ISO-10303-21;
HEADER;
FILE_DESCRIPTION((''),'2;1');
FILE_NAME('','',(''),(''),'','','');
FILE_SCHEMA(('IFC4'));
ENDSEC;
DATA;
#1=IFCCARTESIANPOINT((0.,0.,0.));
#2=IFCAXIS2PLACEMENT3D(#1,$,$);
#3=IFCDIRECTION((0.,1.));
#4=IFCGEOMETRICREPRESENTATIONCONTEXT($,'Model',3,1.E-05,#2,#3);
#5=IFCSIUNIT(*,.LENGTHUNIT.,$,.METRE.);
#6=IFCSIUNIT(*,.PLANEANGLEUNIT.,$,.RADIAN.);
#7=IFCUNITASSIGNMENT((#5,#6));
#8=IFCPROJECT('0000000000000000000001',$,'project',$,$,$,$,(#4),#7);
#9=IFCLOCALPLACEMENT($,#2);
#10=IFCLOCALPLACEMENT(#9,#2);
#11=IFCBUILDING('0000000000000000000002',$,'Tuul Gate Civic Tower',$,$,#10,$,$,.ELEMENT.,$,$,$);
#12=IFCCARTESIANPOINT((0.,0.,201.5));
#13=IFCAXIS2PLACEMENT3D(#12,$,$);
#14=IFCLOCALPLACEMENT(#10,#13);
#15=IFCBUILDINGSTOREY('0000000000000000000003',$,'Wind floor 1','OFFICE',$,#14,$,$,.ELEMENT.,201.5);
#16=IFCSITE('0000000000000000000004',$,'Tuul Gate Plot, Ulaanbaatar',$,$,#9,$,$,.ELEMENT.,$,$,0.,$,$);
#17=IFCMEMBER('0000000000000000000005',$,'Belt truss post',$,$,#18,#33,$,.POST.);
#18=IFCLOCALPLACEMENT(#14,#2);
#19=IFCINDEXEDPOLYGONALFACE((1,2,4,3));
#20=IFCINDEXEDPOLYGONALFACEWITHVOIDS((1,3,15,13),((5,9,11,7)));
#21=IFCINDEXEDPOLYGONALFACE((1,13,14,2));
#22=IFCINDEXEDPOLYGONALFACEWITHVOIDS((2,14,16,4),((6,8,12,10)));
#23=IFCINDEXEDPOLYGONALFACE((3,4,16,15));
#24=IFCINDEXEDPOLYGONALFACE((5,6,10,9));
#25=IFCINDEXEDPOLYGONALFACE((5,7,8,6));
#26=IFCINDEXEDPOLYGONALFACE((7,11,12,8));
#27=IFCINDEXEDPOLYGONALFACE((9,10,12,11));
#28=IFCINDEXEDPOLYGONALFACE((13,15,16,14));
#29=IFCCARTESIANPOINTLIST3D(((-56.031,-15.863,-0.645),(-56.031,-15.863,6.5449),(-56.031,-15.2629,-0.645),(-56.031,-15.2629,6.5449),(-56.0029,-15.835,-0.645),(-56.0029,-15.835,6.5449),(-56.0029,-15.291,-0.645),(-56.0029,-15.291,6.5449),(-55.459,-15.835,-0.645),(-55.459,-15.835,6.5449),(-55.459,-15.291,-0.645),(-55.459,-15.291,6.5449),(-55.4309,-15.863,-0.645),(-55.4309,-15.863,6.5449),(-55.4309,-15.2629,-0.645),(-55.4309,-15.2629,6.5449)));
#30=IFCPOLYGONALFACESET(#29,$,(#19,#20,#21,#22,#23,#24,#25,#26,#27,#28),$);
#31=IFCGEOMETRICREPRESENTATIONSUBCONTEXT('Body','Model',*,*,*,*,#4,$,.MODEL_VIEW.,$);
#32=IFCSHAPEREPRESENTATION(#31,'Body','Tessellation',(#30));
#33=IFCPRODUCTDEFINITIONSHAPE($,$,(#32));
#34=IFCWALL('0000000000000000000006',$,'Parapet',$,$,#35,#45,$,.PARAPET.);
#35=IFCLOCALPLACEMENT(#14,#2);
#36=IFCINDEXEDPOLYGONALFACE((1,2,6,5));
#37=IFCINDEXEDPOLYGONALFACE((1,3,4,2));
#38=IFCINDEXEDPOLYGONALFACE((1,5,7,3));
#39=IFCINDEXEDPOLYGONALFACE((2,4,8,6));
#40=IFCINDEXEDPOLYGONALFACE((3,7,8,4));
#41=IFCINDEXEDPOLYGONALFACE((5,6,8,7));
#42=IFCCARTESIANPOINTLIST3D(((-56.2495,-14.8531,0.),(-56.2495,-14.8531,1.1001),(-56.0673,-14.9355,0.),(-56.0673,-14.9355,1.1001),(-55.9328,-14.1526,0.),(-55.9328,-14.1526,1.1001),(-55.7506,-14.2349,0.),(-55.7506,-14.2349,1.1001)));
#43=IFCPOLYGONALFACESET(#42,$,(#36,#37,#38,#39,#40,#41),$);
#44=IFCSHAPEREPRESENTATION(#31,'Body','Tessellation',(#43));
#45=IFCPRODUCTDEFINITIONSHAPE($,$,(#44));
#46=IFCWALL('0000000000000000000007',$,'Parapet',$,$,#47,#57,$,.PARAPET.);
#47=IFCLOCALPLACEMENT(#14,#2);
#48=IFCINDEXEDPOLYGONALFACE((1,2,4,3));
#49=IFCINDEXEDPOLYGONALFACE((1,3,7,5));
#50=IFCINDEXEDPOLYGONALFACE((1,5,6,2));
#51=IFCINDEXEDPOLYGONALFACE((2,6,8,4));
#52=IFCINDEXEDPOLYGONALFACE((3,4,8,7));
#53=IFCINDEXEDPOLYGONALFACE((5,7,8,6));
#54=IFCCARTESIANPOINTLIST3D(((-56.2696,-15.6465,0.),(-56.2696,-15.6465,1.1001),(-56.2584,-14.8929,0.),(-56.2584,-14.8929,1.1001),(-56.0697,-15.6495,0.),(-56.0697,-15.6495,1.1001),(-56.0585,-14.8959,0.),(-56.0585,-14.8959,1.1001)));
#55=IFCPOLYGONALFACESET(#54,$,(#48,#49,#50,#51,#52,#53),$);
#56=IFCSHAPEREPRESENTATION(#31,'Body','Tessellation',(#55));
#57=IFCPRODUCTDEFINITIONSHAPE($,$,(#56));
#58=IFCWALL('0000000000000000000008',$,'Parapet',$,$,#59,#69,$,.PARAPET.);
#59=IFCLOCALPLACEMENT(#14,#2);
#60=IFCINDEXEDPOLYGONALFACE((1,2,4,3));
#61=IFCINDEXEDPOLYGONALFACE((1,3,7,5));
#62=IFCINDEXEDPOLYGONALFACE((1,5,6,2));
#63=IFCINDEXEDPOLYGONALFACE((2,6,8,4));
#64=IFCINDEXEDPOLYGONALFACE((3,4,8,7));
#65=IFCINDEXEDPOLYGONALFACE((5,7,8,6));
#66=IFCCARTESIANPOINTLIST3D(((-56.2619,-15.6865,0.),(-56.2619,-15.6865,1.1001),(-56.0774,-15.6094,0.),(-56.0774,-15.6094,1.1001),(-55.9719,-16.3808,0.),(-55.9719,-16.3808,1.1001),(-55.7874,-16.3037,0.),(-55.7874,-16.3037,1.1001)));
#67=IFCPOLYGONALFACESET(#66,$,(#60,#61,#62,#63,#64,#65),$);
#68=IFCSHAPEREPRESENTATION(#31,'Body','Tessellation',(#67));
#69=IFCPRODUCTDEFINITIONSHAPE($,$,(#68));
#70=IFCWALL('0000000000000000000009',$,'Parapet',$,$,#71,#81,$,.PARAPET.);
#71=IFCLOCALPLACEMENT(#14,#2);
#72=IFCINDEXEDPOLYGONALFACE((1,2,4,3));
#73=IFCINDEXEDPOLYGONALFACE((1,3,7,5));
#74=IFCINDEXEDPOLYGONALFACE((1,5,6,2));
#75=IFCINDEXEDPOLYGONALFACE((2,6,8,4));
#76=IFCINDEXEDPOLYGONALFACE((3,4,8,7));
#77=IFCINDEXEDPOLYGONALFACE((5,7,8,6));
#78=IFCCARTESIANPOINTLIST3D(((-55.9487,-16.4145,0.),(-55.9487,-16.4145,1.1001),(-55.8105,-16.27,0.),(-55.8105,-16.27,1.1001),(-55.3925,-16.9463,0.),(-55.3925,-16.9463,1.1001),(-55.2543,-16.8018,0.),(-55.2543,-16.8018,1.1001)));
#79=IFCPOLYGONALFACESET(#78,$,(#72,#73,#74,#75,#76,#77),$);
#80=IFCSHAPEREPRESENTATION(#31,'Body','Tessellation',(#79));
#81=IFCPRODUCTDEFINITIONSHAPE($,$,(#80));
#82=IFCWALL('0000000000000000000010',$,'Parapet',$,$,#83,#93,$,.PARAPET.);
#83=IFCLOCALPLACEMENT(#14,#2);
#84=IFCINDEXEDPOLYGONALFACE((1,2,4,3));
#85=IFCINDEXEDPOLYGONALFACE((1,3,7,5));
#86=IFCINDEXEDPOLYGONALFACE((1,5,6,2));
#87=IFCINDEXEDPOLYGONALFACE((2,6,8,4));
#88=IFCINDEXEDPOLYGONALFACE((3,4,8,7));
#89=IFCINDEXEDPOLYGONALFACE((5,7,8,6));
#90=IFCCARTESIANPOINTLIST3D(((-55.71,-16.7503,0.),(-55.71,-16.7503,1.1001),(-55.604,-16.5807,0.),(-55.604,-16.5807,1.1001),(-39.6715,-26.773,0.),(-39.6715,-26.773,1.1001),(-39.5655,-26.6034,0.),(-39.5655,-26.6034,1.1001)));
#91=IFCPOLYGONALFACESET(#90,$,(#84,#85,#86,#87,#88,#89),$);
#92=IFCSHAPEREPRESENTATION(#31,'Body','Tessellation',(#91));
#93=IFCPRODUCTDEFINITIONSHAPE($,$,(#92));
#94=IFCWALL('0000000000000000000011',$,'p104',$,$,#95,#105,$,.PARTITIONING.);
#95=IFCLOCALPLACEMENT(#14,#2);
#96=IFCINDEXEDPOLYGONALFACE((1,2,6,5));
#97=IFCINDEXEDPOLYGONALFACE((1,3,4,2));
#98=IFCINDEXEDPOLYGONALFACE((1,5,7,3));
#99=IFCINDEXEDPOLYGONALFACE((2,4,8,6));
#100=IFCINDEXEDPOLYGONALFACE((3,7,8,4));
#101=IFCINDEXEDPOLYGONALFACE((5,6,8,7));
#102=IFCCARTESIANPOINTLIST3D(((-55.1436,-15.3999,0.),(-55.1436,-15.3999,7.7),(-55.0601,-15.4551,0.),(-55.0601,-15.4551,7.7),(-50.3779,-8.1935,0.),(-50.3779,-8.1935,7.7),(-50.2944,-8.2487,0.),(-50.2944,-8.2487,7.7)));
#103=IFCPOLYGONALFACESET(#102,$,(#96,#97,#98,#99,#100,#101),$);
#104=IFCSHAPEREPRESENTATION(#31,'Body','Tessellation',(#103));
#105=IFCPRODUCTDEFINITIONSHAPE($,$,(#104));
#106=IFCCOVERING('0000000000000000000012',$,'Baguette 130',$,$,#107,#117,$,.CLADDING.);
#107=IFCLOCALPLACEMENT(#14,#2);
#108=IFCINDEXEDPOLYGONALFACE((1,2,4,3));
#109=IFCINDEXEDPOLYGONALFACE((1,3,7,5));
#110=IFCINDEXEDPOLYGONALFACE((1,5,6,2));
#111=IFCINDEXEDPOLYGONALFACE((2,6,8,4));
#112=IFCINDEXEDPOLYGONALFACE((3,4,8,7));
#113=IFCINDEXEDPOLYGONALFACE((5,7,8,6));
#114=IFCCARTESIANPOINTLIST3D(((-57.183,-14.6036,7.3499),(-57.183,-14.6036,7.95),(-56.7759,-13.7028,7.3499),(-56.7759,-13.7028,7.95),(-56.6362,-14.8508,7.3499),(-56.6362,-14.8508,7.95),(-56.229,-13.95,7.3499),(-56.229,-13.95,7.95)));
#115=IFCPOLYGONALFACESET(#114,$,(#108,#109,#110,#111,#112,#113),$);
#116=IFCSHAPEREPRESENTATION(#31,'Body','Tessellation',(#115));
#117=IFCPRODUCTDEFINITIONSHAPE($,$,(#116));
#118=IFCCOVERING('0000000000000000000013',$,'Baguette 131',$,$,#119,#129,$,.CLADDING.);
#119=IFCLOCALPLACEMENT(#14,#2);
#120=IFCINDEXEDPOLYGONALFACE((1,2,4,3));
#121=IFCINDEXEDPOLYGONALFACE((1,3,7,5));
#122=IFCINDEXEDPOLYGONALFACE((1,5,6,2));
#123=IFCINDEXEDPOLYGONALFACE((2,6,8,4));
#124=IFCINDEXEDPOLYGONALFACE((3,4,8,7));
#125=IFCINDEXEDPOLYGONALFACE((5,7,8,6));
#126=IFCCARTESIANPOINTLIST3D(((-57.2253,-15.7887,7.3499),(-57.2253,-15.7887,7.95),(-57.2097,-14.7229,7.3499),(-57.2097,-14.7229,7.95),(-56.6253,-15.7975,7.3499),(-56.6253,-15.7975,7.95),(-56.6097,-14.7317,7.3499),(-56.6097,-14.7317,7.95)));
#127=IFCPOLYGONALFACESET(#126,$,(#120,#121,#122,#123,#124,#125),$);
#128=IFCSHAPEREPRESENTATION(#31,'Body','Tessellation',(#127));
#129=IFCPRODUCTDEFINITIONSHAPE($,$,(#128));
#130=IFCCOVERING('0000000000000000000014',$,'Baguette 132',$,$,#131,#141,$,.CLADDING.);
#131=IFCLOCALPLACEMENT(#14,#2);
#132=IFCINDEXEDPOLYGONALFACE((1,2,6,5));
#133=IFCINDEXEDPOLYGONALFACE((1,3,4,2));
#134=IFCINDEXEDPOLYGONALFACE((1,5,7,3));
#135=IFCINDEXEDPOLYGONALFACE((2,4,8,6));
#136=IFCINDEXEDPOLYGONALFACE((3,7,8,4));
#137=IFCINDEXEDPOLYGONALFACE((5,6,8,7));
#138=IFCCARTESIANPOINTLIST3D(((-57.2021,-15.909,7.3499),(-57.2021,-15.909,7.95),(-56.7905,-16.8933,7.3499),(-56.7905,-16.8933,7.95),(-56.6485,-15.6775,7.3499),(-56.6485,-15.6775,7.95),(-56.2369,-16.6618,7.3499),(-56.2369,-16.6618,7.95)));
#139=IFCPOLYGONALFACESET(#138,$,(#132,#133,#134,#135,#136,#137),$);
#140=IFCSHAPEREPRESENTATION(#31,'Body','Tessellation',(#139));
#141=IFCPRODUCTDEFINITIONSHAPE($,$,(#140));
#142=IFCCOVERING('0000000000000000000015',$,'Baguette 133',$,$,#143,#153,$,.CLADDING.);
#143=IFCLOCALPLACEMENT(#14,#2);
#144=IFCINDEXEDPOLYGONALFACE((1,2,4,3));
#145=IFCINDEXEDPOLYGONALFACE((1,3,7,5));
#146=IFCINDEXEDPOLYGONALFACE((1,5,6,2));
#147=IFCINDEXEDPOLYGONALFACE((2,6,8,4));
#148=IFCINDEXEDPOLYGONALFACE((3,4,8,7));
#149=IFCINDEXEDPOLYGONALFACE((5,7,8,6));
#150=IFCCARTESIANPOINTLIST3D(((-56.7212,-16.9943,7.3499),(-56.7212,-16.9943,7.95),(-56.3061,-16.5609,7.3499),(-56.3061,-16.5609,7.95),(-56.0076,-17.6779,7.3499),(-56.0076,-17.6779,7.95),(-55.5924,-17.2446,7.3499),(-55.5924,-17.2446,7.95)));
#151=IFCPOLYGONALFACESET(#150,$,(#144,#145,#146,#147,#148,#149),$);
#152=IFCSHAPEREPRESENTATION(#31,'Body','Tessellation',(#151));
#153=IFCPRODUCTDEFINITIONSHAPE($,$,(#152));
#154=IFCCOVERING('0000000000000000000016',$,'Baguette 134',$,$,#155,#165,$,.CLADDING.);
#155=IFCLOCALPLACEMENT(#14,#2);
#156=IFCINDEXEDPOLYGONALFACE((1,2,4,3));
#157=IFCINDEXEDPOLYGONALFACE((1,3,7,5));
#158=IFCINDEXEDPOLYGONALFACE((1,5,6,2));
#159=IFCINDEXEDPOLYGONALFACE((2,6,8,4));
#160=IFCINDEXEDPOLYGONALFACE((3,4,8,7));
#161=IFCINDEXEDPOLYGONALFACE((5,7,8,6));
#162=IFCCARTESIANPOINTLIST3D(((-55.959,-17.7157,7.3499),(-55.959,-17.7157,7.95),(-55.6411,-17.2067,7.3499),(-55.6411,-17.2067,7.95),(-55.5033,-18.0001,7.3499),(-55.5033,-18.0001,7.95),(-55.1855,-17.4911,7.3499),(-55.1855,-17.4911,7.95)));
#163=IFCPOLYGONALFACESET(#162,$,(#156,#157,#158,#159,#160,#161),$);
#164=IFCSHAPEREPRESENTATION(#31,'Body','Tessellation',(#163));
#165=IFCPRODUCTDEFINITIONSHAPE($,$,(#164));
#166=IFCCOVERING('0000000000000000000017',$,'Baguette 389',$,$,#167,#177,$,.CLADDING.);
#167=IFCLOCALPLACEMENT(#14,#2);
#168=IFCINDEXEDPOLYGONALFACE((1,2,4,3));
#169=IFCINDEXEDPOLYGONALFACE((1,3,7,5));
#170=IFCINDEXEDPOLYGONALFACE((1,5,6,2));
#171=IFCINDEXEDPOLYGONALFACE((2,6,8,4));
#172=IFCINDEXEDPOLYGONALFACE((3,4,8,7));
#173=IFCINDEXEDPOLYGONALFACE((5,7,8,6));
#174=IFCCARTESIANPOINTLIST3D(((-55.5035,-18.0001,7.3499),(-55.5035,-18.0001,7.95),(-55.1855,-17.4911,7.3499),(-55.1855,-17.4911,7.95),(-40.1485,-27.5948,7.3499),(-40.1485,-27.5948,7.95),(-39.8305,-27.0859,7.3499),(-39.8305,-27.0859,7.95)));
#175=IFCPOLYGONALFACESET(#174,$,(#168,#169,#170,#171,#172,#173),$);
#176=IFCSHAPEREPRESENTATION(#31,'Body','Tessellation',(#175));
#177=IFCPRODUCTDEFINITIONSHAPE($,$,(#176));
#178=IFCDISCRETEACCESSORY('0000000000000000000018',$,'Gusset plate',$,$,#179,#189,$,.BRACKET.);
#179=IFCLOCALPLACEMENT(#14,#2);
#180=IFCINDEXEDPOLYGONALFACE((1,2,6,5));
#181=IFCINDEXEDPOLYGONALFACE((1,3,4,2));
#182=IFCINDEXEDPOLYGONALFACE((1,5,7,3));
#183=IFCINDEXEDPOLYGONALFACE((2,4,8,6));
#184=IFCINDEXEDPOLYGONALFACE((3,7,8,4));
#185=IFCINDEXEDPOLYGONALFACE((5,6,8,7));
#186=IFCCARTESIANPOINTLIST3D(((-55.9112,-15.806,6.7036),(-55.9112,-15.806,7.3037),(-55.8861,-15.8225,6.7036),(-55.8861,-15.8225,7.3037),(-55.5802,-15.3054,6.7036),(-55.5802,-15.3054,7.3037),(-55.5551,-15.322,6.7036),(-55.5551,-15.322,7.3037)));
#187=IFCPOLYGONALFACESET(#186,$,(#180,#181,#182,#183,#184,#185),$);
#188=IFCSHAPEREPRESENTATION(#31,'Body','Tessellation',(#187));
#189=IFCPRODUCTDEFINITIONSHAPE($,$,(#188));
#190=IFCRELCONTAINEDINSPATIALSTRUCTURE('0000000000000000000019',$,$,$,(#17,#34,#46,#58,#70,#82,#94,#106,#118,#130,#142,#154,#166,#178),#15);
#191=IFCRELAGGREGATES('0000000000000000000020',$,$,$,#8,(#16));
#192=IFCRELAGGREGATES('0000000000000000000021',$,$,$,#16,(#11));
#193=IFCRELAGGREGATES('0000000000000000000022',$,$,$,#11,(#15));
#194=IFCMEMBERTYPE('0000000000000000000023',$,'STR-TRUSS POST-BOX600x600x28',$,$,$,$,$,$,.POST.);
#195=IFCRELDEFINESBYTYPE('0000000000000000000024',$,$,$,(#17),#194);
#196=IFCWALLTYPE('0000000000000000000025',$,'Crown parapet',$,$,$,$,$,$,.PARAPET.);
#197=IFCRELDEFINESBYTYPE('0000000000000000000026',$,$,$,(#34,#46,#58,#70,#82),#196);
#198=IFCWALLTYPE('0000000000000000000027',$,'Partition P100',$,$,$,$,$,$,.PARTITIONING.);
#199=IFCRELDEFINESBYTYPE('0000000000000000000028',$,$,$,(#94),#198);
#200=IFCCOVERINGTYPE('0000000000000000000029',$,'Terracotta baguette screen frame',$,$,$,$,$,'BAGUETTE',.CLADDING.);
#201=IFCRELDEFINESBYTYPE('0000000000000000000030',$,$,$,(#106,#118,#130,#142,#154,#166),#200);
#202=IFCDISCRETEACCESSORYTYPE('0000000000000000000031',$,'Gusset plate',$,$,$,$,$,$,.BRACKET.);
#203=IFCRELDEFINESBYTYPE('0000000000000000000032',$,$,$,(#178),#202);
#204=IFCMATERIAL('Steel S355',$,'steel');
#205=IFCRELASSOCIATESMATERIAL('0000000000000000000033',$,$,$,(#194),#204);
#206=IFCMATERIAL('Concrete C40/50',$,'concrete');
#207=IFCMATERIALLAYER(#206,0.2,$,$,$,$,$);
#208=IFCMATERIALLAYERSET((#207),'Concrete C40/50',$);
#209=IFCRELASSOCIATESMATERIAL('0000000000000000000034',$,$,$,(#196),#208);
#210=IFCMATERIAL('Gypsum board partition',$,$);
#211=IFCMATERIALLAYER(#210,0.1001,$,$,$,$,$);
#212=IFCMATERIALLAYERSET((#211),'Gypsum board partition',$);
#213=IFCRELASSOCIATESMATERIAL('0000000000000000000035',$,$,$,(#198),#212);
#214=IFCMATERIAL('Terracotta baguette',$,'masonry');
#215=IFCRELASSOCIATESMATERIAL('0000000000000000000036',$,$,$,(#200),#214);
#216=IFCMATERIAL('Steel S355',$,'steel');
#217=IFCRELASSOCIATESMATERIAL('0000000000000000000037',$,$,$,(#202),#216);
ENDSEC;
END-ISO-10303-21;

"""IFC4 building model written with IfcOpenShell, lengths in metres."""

from ifc_helpers import new_model, si_unit, direction, frame, frame_2d, origin, origin_2d, place, context, subcontext, project, spatial, rectangle, hollow_rectangle, extrude, material, layer, layer_set, material_profile, profile_set, type_object, element, save


model = new_model("IFC4")

# Units and contexts
model_context = context("Model", 3, precision=1e-05, world=origin(), true_north=direction((0.0, 1.0)))
body_context = subcontext(model_context, "Body", "Model", "MODEL_VIEW")
ifc_project = project(units=[si_unit("LENGTHUNIT", "METRE"), si_unit("PLANEANGLEUNIT", "RADIAN")], contexts=[model_context])

# Site, building, storey
site_placement = place(None, origin())
site = spatial("IfcSite", under=ifc_project, at=site_placement, Name="Tuul Gate Plot, Ulaanbaatar", CompositionType="ELEMENT", RefElevation=0.0)
building_placement = place(site_placement, origin())
building = spatial("IfcBuilding", under=site, at=building_placement, Name="Tuul Gate Civic Tower", CompositionType="ELEMENT")
storey_placement = place(building_placement, frame((0.0, 0.0, 201.5)))
storey = spatial("IfcBuildingStorey", under=building, at=storey_placement, Name="Wind floor 1", Description="OFFICE", CompositionType="ELEMENT", Elevation=201.5)

# Member
ifc_material_1 = material(Name="Steel S355", Category="steel")
ifc_material_profile_1 = material_profile(ifc_material_1, hollow_rectangle(XDim=0.6001, YDim=0.6001, WallThickness=0.0281, at=origin_2d()), Name="BOX600x600x28")
ifc_profile_set_1 = profile_set([ifc_material_profile_1], Name="Steel S355")
member_type_1 = type_object("IfcMemberType", Name="STR-TRUSS POST-BOX600x600x28", PredefinedType="POST", material=ifc_profile_set_1)
member_1_placement = place(storey_placement, frame((-55.731, -15.563, -0.645), z_axis=(0.0, 0.0, 1.0), x_axis=(1.0, 0.0, 0.0)))
element("IfcMember", 1, at=member_1_placement, inside=storey, type_object=member_type_1, Name="Belt truss post", PredefinedType="POST", context=body_context, shape_type="SweptSolid", body=[
    extrude(hollow_rectangle(XDim=0.6001, YDim=0.6001, WallThickness=0.0281, at=origin_2d()), origin(), (0.0, 0.0, 1.0), 7.1899),
])

# Walls
ifc_material_2 = material(Name="Concrete C40/50", Category="concrete")
ifc_layer_1 = layer(ifc_material_2, 0.2)
ifc_layer_set_1 = layer_set([ifc_layer_1], Name="Concrete C40/50")
wall_type_1 = type_object("IfcWallType", Name="Crown parapet", PredefinedType="PARAPET", material=ifc_layer_set_1)
wall_1_placement = place(storey_placement, frame((-55.8418, -14.1938, 0.0), z_axis=(0.0, 0.0, 1.0), x_axis=(-0.411936, -0.911213, 0.0)))
element("IfcWall", 2, at=wall_1_placement, inside=storey, type_object=wall_type_1, Name="Parapet", PredefinedType="PARAPET", context=body_context, shape_type="SweptSolid", body=[
    extrude(rectangle(XDim=0.7688, YDim=0.2, at=frame_2d((0.3843, 0.0))), origin(), (0.0, 0.0, 1.0), 1.1001),
])
wall_2_placement = place(storey_placement, frame((-56.1584, -14.8943, 0.0), z_axis=(0.0, 0.0, 1.0), x_axis=(-0.0149, -0.999889, 0.0)))
element("IfcWall", 3, at=wall_2_placement, inside=storey, type_object=wall_type_1, Name="Parapet", PredefinedType="PARAPET", context=body_context, shape_type="SweptSolid", body=[
    extrude(rectangle(XDim=0.7537, YDim=0.2, at=frame_2d((0.377, 0.0))), origin(), (0.0, 0.0, 1.0), 1.1001),
])
wall_3_placement = place(storey_placement, frame((-56.1697, -15.6479, 0.0), z_axis=(0.0, 0.0, 1.0), x_axis=(0.385445, -0.922731, 0.0)))
element("IfcWall", 4, at=wall_3_placement, inside=storey, type_object=wall_type_1, Name="Parapet", PredefinedType="PARAPET", context=body_context, shape_type="SweptSolid", body=[
    extrude(rectangle(XDim=0.7524, YDim=0.2, at=frame_2d((0.3762, 0.0))), origin(), (0.0, 0.0, 1.0), 1.1001),
])
wall_4_placement = place(storey_placement, frame((-55.8796, -16.3423, 0.0), z_axis=(0.0, 0.0, 1.0), x_axis=(0.722793, -0.691064, 0.0)))
element("IfcWall", 5, at=wall_4_placement, inside=storey, type_object=wall_type_1, Name="Parapet", PredefinedType="PARAPET", context=body_context, shape_type="SweptSolid", body=[
    extrude(rectangle(XDim=0.7695, YDim=0.2, at=frame_2d((0.3848, 0.0))), origin(), (0.0, 0.0, 1.0), 1.1001),
])
wall_5_placement = place(storey_placement, frame((-55.657, -16.6655, 0.0), z_axis=(0.0, 0.0, 1.0), x_axis=(0.848032, -0.529946, 0.0)))
element("IfcWall", 6, at=wall_5_placement, inside=storey, type_object=wall_type_1, Name="Parapet", PredefinedType="PARAPET", context=body_context, shape_type="SweptSolid", body=[
    extrude(rectangle(XDim=18.9126, YDim=0.2, at=frame_2d((9.4563, 0.0))), origin(), (0.0, 0.0, 1.0), 1.1001),
])
ifc_material_3 = material(Name="Gypsum board partition")
ifc_layer_2 = layer(ifc_material_3, 0.1001)
ifc_layer_set_2 = layer_set([ifc_layer_2], Name="Gypsum board partition")
wall_type_2 = type_object("IfcWallType", Name="Partition P100", PredefinedType="PARTITIONING", material=ifc_layer_set_2)
wall_6_placement = place(storey_placement, frame((-55.1018, -15.4275, 0.0), z_axis=(0.0, 0.0, 1.0), x_axis=(0.551605, 0.834105, 0.0)))
element("IfcWall", 7, at=wall_6_placement, inside=storey, type_object=wall_type_2, Name="p104", PredefinedType="PARTITIONING", context=body_context, shape_type="SweptSolid", body=[
    extrude(rectangle(XDim=8.6396, YDim=0.1001, at=frame_2d((4.3198, 0.0))), origin(), (0.0, 0.0, 1.0), 7.7),
])

# Coverings
ifc_material_4 = material(Name="Terracotta baguette", Category="masonry")
ifc_material_profile_2 = material_profile(ifc_material_4, rectangle(XDim=0.6001, YDim=0.6001, at=origin_2d()), Name="Terracotta baguette screen frame")
ifc_profile_set_2 = profile_set([ifc_material_profile_2], Name="Terracotta baguette")
covering_type = type_object("IfcCoveringType", Name="Terracotta baguette screen frame", ElementType="BAGUETTE", PredefinedType="CLADDING", material=ifc_profile_set_2)
covering_1_placement = place(storey_placement, frame((-56.5024, -13.8264, 7.6499), z_axis=(-0.411904, -0.911227, 0.0), x_axis=(0.911227, -0.411904, 0.0)))
element("IfcCovering", 8, at=covering_1_placement, inside=storey, type_object=covering_type, Name="Baguette 130", PredefinedType="CLADDING", context=body_context, shape_type="SweptSolid", body=[
    extrude(rectangle(XDim=0.6001, YDim=0.6001, at=origin_2d()), origin(), (0.0, 0.0, 1.0), 0.9885),
])
covering_2_placement = place(storey_placement, frame((-56.9097, -14.7273, 7.6499), z_axis=(-0.014657, -0.999893, 0.0), x_axis=(0.999893, -0.014657, 0.0)))
element("IfcCovering", 9, at=covering_2_placement, inside=storey, type_object=covering_type, Name="Baguette 131", PredefinedType="CLADDING", context=body_context, shape_type="SweptSolid", body=[
    extrude(rectangle(XDim=0.6001, YDim=0.6001, at=origin_2d()), origin(), (0.0, 0.0, 1.0), 1.0659),
])
covering_3_placement = place(storey_placement, frame((-56.9253, -15.7932, 7.6499), z_axis=(0.385785, -0.922589, 0.0), x_axis=(0.922589, 0.385785, 0.0)))
element("IfcCovering", 10, at=covering_3_placement, inside=storey, type_object=covering_type, Name="Baguette 132", PredefinedType="CLADDING", context=body_context, shape_type="SweptSolid", body=[
    extrude(rectangle(XDim=0.6001, YDim=0.6001, at=origin_2d()), origin(), (0.0, 0.0, 1.0), 1.0669),
])
covering_4_placement = place(storey_placement, frame((-56.5137, -16.7776, 7.6499), z_axis=(0.722137, -0.69175, 0.0), x_axis=(0.69175, 0.722137, 0.0)))
element("IfcCovering", 11, at=covering_4_placement, inside=storey, type_object=covering_type, Name="Baguette 133", PredefinedType="CLADDING", context=body_context, shape_type="SweptSolid", body=[
    extrude(rectangle(XDim=0.6001, YDim=0.6001, at=origin_2d()), origin(), (0.0, 0.0, 1.0), 0.9883),
])
covering_5_placement = place(storey_placement, frame((-55.8, -17.4612, 7.6499), z_axis=(0.848254, -0.52959, 0.0), x_axis=(0.52959, 0.848254, 0.0)))
element("IfcCovering", 12, at=covering_5_placement, inside=storey, type_object=covering_type, Name="Baguette 134", PredefinedType="CLADDING", context=body_context, shape_type="SweptSolid", body=[
    extrude(rectangle(XDim=0.6001, YDim=0.6001, at=origin_2d()), origin(), (0.0, 0.0, 1.0), 0.5371),
])
covering_6_placement = place(storey_placement, frame((-55.3445, -17.7456, 7.6499), z_axis=(0.848051, -0.529914, 0.0), x_axis=(0.529914, 0.848051, 0.0)))
element("IfcCovering", 13, at=covering_6_placement, inside=storey, type_object=covering_type, Name="Baguette 389", PredefinedType="CLADDING", context=body_context, shape_type="SweptSolid", body=[
    extrude(rectangle(XDim=0.6001, YDim=0.6001, at=origin_2d()), origin(), (0.0, 0.0, 1.0), 18.1062),
])

# Discrete accessory
ifc_material_5 = material(Name="Steel S355", Category="steel")
discrete_accessory_type = type_object("IfcDiscreteAccessoryType", Name="Gusset plate", PredefinedType="BRACKET", material=ifc_material_5)
discrete_accessory_placement = place(storey_placement, frame((-55.7332, -15.564, 6.7036), z_axis=(0.0, 0.0, 1.0), x_axis=(0.551598, 0.83411, 0.0)))
element("IfcDiscreteAccessory", 14, at=discrete_accessory_placement, inside=storey, type_object=discrete_accessory_type, Name="Gusset plate", PredefinedType="BRACKET", context=body_context, shape_type="SweptSolid", body=[
    extrude(rectangle(XDim=0.6001, YDim=0.03, at=origin_2d()), origin(), (0.0, 0.0, 1.0), 0.6001),
])

save(model, "model.ifc")
